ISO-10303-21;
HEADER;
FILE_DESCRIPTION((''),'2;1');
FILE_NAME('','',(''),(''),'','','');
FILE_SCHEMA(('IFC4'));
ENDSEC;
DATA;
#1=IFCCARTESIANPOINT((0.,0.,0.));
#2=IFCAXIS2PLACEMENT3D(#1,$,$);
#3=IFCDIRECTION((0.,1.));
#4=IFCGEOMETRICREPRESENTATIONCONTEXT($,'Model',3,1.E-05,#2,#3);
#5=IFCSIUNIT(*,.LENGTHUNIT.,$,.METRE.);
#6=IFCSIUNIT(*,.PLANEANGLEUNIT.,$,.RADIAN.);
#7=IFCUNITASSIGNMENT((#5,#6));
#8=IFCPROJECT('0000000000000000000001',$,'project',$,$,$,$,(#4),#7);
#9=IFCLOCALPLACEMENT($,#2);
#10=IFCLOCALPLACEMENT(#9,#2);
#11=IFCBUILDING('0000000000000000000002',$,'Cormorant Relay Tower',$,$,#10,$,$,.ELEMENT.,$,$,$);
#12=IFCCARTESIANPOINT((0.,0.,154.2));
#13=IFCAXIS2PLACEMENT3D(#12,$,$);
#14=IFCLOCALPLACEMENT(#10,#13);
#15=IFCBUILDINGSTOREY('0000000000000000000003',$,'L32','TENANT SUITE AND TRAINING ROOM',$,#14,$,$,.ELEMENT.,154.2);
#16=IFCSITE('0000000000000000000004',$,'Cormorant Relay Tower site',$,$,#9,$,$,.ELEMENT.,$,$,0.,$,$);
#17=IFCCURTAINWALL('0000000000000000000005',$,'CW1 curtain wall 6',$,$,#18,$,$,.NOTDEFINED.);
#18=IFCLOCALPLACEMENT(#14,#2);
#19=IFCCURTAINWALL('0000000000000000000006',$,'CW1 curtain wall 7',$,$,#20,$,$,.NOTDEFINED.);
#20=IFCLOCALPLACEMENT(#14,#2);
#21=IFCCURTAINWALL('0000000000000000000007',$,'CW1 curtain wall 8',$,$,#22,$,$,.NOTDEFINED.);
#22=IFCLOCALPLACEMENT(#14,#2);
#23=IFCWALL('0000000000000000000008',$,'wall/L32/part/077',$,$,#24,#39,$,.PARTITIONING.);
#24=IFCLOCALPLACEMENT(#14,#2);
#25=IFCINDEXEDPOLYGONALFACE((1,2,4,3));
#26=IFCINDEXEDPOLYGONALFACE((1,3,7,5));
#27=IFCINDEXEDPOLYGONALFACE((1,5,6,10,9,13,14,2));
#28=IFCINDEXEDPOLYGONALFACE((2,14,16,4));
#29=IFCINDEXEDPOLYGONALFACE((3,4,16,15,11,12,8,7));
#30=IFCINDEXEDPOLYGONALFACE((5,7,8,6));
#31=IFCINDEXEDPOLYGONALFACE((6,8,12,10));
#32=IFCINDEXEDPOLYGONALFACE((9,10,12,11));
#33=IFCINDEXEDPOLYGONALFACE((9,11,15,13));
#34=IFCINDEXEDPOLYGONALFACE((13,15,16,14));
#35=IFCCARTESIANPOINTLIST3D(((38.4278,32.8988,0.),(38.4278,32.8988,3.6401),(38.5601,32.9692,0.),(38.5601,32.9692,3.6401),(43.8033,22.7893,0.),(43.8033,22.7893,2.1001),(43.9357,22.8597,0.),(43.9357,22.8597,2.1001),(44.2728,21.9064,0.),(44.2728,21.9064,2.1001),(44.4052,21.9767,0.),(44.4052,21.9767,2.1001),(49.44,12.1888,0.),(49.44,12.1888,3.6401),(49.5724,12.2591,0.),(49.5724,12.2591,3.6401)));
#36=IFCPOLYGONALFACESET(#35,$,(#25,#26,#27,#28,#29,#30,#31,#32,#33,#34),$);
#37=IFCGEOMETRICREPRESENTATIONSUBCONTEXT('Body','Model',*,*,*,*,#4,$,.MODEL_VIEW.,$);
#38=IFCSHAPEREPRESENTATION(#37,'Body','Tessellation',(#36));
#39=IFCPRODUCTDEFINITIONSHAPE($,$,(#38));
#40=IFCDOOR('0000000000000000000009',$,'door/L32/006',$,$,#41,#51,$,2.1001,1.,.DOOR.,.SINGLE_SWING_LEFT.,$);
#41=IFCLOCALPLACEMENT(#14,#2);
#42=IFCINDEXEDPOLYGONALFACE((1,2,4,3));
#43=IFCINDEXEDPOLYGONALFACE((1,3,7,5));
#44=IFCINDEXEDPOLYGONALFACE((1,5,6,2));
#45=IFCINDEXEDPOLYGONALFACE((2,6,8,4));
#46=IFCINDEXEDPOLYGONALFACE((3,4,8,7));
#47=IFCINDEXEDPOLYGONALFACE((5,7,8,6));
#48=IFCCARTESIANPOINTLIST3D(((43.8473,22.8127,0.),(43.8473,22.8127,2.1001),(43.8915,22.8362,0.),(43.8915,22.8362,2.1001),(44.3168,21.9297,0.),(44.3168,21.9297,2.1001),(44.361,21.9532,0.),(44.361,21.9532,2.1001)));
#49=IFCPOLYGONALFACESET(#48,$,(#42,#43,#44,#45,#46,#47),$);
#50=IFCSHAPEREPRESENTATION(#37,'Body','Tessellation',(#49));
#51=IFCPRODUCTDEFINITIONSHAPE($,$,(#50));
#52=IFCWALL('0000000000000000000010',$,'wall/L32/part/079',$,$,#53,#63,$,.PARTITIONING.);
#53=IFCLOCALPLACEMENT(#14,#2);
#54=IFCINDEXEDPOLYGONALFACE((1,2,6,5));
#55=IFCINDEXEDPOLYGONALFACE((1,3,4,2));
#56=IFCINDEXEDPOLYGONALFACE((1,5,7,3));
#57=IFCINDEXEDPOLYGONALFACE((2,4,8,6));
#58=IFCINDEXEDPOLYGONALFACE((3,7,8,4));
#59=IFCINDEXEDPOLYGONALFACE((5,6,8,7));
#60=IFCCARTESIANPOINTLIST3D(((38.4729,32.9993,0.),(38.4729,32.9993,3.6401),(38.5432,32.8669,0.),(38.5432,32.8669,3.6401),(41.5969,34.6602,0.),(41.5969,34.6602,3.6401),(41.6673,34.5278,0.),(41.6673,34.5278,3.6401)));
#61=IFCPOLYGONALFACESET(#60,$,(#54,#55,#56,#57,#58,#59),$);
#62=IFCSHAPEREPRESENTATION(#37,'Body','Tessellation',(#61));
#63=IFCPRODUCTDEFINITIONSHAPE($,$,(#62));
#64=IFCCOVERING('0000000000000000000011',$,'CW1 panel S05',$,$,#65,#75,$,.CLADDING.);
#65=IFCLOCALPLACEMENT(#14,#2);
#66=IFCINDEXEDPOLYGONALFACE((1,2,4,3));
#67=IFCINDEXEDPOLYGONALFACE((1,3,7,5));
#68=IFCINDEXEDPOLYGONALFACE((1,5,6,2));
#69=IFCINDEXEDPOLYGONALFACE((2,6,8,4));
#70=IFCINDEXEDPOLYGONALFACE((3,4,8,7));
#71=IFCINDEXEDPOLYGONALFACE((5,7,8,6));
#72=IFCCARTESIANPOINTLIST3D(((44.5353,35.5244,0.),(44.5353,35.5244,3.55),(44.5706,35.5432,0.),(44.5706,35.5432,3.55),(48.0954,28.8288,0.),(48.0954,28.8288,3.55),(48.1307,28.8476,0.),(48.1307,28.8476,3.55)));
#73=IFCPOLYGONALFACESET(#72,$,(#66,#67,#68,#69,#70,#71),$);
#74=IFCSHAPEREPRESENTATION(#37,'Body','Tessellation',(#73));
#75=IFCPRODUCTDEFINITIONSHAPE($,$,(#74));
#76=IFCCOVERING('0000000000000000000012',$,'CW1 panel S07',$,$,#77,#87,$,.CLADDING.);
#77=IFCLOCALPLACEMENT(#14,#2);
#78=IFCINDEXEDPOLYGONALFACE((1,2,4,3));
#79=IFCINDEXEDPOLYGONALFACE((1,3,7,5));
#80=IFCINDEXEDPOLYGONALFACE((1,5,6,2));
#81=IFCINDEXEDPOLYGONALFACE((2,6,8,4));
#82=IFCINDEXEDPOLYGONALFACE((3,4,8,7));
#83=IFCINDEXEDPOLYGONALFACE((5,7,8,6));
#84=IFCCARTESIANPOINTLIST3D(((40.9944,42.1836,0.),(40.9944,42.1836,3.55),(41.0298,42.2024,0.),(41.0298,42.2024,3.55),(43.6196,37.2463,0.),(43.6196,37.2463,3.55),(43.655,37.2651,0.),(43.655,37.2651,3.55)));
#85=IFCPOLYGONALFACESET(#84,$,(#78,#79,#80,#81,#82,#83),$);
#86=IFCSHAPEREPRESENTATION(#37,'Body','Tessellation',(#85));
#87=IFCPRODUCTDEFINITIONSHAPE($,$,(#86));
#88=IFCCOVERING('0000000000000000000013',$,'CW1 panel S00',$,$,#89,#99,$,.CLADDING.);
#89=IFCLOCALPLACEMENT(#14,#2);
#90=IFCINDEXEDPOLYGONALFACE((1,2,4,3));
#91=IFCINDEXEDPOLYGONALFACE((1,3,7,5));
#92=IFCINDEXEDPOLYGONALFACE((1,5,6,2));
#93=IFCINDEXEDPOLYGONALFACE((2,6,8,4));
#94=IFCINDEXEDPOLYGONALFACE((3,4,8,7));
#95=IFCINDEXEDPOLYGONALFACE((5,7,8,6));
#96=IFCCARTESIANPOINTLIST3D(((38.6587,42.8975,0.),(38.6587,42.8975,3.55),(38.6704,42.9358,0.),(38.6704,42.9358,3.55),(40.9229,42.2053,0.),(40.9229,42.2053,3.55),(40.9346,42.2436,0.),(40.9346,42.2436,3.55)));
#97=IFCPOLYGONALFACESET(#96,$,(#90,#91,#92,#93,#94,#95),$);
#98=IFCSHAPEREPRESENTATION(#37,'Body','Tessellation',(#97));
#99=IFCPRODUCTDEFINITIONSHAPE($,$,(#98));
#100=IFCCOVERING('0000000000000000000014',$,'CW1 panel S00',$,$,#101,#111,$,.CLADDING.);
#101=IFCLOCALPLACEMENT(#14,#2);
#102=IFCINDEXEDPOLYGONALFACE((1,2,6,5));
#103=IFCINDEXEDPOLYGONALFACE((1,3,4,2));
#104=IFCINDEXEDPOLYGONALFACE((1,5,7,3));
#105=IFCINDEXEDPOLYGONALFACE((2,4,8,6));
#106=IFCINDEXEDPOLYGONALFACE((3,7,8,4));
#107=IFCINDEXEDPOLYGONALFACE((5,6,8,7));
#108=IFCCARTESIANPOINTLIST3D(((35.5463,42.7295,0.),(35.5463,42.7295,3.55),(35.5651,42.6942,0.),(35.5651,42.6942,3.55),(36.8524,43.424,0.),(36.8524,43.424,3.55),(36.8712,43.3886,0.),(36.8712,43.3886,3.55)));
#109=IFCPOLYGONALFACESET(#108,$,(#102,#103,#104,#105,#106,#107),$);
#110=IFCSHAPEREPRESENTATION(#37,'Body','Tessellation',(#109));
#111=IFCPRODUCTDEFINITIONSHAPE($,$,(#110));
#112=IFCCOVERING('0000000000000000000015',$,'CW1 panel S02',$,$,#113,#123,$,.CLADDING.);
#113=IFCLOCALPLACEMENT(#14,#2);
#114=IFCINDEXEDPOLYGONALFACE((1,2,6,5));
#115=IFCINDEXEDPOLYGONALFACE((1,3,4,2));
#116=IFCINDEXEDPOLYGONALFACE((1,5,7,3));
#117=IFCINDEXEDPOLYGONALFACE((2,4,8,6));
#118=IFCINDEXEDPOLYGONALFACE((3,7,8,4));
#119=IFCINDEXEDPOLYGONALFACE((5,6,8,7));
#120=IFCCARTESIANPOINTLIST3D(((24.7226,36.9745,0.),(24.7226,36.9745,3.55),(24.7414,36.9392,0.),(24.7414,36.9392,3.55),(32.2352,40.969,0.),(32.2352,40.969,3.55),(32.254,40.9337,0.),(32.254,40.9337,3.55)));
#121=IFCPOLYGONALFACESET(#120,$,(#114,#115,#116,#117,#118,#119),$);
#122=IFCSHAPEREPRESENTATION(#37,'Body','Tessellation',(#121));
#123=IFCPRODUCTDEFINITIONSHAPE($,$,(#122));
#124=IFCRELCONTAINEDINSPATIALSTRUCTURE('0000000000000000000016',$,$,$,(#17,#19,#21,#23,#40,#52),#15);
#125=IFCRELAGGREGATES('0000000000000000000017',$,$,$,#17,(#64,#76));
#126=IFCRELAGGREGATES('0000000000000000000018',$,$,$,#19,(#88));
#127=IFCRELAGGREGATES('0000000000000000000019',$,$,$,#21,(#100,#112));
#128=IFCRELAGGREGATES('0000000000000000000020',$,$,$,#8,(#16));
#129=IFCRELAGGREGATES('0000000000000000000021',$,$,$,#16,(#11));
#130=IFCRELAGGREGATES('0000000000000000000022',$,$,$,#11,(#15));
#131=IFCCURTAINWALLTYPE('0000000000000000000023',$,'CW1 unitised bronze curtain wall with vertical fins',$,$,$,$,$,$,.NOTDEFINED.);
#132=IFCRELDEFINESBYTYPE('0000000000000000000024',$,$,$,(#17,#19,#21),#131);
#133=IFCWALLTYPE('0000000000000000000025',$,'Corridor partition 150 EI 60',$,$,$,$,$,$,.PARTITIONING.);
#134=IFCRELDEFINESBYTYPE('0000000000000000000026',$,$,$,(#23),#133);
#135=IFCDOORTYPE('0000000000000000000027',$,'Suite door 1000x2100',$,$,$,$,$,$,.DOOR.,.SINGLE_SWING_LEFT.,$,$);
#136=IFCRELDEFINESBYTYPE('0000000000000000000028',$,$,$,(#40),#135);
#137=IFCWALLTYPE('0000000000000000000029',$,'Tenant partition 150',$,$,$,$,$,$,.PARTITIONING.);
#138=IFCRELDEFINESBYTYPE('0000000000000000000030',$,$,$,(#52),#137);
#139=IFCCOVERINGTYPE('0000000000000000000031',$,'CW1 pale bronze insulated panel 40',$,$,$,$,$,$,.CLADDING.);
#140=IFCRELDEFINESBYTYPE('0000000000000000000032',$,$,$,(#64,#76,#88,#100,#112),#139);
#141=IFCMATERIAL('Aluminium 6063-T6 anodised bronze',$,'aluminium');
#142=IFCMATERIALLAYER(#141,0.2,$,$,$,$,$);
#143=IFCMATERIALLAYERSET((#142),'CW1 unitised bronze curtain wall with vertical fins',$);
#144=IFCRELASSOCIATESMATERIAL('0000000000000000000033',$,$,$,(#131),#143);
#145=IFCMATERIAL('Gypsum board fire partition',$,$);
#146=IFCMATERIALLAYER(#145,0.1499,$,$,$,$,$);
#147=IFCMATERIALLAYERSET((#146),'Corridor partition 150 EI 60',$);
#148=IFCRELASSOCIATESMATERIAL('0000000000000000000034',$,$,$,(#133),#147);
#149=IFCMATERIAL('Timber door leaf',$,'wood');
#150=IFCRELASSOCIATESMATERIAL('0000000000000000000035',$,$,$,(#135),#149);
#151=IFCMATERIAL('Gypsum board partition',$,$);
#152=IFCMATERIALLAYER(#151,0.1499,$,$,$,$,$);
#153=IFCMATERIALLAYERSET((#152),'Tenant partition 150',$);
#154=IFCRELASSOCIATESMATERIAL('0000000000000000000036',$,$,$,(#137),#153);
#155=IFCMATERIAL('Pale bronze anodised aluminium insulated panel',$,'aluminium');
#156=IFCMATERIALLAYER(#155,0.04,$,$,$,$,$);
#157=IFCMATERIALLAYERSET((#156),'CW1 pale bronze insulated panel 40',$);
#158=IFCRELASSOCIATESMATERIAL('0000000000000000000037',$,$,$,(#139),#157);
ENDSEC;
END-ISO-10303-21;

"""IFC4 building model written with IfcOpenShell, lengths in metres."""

from ifc_helpers import new_model, si_unit, direction, frame, frame_2d, origin, origin_2d, place, context, subcontext, project, spatial, rectangle, extrude, material, layer, layer_set, type_object, element, fill, aggregate, save


model = new_model("IFC4")

# Units and contexts
model_context = context("Model", 3, precision=1e-05, world=origin(), true_north=direction((0.0, 1.0)))
body_context = subcontext(model_context, "Body", "Model", "MODEL_VIEW")
ifc_project = project(units=[si_unit("LENGTHUNIT", "METRE"), si_unit("PLANEANGLEUNIT", "RADIAN")], contexts=[model_context])

# Site, building, storey
site_placement = place(None, origin())
site = spatial("IfcSite", under=ifc_project, at=site_placement, Name="Cormorant Relay Tower site", CompositionType="ELEMENT", RefElevation=0.0)
building_placement = place(site_placement, origin())
building = spatial("IfcBuilding", under=site, at=building_placement, Name="Cormorant Relay Tower", CompositionType="ELEMENT")
storey_placement = place(building_placement, frame((0.0, 0.0, 154.2)))
storey = spatial("IfcBuildingStorey", under=building, at=storey_placement, Name="L32", Description="TENANT SUITE AND TRAINING ROOM", CompositionType="ELEMENT", Elevation=154.2)

# Curtain wall
ifc_material_1 = material(Name="Aluminium 6063-T6 anodised bronze", Category="aluminium")
ifc_layer_1 = layer(ifc_material_1, 0.2)
ifc_layer_set_1 = layer_set([ifc_layer_1], Name="CW1 unitised bronze curtain wall with vertical fins")
curtain_wall_type = type_object("IfcCurtainWallType", Name="CW1 unitised bronze curtain wall with vertical fins", PredefinedType="NOTDEFINED", material=ifc_layer_set_1)
curtain_wall_1_placement = place(storey_placement, origin())
curtain_wall_1 = element("IfcCurtainWall", 1, at=curtain_wall_1_placement, inside=storey, type_object=curtain_wall_type, Name="CW1 curtain wall 6", PredefinedType="NOTDEFINED")

# Curtain wall
curtain_wall_2_placement = place(storey_placement, origin())
curtain_wall_2 = element("IfcCurtainWall", 2, at=curtain_wall_2_placement, inside=storey, type_object=curtain_wall_type, Name="CW1 curtain wall 7", PredefinedType="NOTDEFINED")

# Curtain wall
curtain_wall_3_placement = place(storey_placement, origin())
curtain_wall_3 = element("IfcCurtainWall", 3, at=curtain_wall_3_placement, inside=storey, type_object=curtain_wall_type, Name="CW1 curtain wall 8", PredefinedType="NOTDEFINED")

# Shared definitions
ifc_material_2 = material(Name="Gypsum board fire partition")
ifc_layer_2 = layer(ifc_material_2, 0.1499)
ifc_layer_set_2 = layer_set([ifc_layer_2], Name="Corridor partition 150 EI 60")
wall_type_1 = type_object("IfcWallType", Name="Corridor partition 150 EI 60", PredefinedType="PARTITIONING", material=ifc_layer_set_2)

# Wall, opening, door
ifc_material_3 = material(Name="Timber door leaf", Category="wood")
door_type = type_object("IfcDoorType", Name="Suite door 1000x2100", OperationType="SINGLE_SWING_LEFT", PredefinedType="DOOR", material=ifc_material_3)
wall_1_placement = place(storey_placement, frame((38.4939, 32.9341, 0.0), z_axis=(0.0, 0.0, 1.0), x_axis=(0.469489, -0.882938, 0.0)))
wall_1 = element("IfcWall", 4, at=wall_1_placement, inside=storey, type_object=wall_type_1, Name="wall/L32/part/077", PredefinedType="PARTITIONING", context=body_context, shape_type="SweptSolid", body=[
    extrude(rectangle(XDim=23.4558, YDim=0.1499, at=frame_2d((11.728, 0.0))), origin(), (0.0, 0.0, 1.0), 3.6401),
])
opening_1_placement = place(wall_1_placement, frame((11.45, 0.0, 0.0)))
opening_1 = element("IfcOpeningElement", 5, at=opening_1_placement, cuts=wall_1, PredefinedType="OPENING", context=body_context, shape_type="SweptSolid", body=[
    extrude(rectangle(XDim=1.0, YDim=2.1001, at=frame_2d((0.5, 1.05))), frame((0.0, 0.085, 0.0), z_axis=(0.0, -1.0, 0.0), x_axis=(1.0, 0.0, 0.0)), (0.0, 0.0, 1.0), 0.1699),
])
door_1_placement = place(opening_1_placement, origin())
door_1 = element("IfcDoor", 6, at=door_1_placement, inside=storey, type_object=door_type, Name="door/L32/006", OperationType="SINGLE_SWING_LEFT", OverallHeight=2.1001, OverallWidth=1.0, PredefinedType="DOOR", context=body_context, shape_type="SweptSolid", body=[
    extrude(rectangle(XDim=1.0, YDim=2.1001, at=frame_2d((0.5, 1.05))), frame((0.0, 0.0249, 0.0), z_axis=(0.0, -1.0, 0.0), x_axis=(1.0, 0.0, 0.0)), (0.0, 0.0, 1.0), 0.05),
])
fill(opening_1, door_1)

# Wall
ifc_material_4 = material(Name="Gypsum board partition")
ifc_layer_3 = layer(ifc_material_4, 0.1499)
ifc_layer_set_3 = layer_set([ifc_layer_3], Name="Tenant partition 150")
wall_type_2 = type_object("IfcWallType", Name="Tenant partition 150", PredefinedType="PARTITIONING", material=ifc_layer_set_3)
wall_2_placement = place(storey_placement, frame((41.6321, 34.594, 0.0), z_axis=(0.0, 0.0, 1.0), x_axis=(-0.882969, -0.469431, 0.0)))
element("IfcWall", 7, at=wall_2_placement, inside=storey, type_object=wall_type_2, Name="wall/L32/part/079", PredefinedType="PARTITIONING", context=body_context, shape_type="SweptSolid", body=[
    extrude(rectangle(XDim=3.5381, YDim=0.1499, at=frame_2d((1.769, 0.0))), origin(), (0.0, 0.0, 1.0), 3.6401),
])

# Coverings
ifc_material_5 = material(Name="Pale bronze anodised aluminium insulated panel", Category="aluminium")
ifc_layer_4 = layer(ifc_material_5, 0.04)
ifc_layer_set_4 = layer_set([ifc_layer_4], Name="CW1 pale bronze insulated panel 40")
covering_type = type_object("IfcCoveringType", Name="CW1 pale bronze insulated panel 40", PredefinedType="CLADDING", material=ifc_layer_set_4)
covering_1_placement = place(storey_placement, frame((46.333, 32.186, 0.0), z_axis=(0.0, 0.0, 1.0), x_axis=(-0.469472, 0.882948, 0.0)))
covering_1 = element("IfcCovering", 8, at=covering_1_placement, type_object=covering_type, Name="CW1 panel S05", PredefinedType="CLADDING", context=body_context, shape_type="SweptSolid", body=[
    extrude(rectangle(XDim=7.5833, YDim=0.04, at=origin_2d()), origin(), (0.0, 0.0, 1.0), 3.55),
])
covering_2_placement = place(storey_placement, frame((42.3247, 39.7244, 0.0), z_axis=(0.0, 0.0, 1.0), x_axis=(-0.469472, 0.882948, 0.0)))
covering_2 = element("IfcCovering", 9, at=covering_2_placement, type_object=covering_type, Name="CW1 panel S07", PredefinedType="CLADDING", context=body_context, shape_type="SweptSolid", body=[
    extrude(rectangle(XDim=5.5918, YDim=0.04, at=origin_2d()), origin(), (0.0, 0.0, 1.0), 3.55),
])
aggregate(curtain_wall_1, [covering_1, covering_2])
covering_3_placement = place(storey_placement, frame((39.7966, 42.5706, 0.0), z_axis=(0.0, 0.0, 1.0), x_axis=(-0.956305, 0.292372, 0.0)))
covering_3 = element("IfcCovering", 10, at=covering_3_placement, type_object=covering_type, Name="CW1 panel S00", PredefinedType="CLADDING", context=body_context, shape_type="SweptSolid", body=[
    extrude(rectangle(XDim=2.3677, YDim=0.04, at=origin_2d()), origin(), (0.0, 0.0, 1.0), 3.55),
])
aggregate(curtain_wall_2, [covering_3])
covering_4_placement = place(storey_placement, frame((36.2087, 43.0591, 0.0), z_axis=(0.0, 0.0, 1.0), x_axis=(-0.882948, -0.469472, 0.0)))
covering_4 = element("IfcCovering", 11, at=covering_4_placement, type_object=covering_type, Name="CW1 panel S00", PredefinedType="CLADDING", context=body_context, shape_type="SweptSolid", body=[
    extrude(rectangle(XDim=1.4792, YDim=0.04, at=origin_2d()), origin(), (0.0, 0.0, 1.0), 3.55),
])
covering_5_placement = place(storey_placement, frame((28.4883, 38.9541, 0.0), z_axis=(0.0, 0.0, 1.0), x_axis=(-0.882948, -0.469472, 0.0)))
covering_5 = element("IfcCovering", 12, at=covering_5_placement, type_object=covering_type, Name="CW1 panel S02", PredefinedType="CLADDING", context=body_context, shape_type="SweptSolid", body=[
    extrude(rectangle(XDim=8.5085, YDim=0.04, at=origin_2d()), origin(), (0.0, 0.0, 1.0), 3.55),
])
aggregate(curtain_wall_3, [covering_4, covering_5])

save(model, "model.ifc")
